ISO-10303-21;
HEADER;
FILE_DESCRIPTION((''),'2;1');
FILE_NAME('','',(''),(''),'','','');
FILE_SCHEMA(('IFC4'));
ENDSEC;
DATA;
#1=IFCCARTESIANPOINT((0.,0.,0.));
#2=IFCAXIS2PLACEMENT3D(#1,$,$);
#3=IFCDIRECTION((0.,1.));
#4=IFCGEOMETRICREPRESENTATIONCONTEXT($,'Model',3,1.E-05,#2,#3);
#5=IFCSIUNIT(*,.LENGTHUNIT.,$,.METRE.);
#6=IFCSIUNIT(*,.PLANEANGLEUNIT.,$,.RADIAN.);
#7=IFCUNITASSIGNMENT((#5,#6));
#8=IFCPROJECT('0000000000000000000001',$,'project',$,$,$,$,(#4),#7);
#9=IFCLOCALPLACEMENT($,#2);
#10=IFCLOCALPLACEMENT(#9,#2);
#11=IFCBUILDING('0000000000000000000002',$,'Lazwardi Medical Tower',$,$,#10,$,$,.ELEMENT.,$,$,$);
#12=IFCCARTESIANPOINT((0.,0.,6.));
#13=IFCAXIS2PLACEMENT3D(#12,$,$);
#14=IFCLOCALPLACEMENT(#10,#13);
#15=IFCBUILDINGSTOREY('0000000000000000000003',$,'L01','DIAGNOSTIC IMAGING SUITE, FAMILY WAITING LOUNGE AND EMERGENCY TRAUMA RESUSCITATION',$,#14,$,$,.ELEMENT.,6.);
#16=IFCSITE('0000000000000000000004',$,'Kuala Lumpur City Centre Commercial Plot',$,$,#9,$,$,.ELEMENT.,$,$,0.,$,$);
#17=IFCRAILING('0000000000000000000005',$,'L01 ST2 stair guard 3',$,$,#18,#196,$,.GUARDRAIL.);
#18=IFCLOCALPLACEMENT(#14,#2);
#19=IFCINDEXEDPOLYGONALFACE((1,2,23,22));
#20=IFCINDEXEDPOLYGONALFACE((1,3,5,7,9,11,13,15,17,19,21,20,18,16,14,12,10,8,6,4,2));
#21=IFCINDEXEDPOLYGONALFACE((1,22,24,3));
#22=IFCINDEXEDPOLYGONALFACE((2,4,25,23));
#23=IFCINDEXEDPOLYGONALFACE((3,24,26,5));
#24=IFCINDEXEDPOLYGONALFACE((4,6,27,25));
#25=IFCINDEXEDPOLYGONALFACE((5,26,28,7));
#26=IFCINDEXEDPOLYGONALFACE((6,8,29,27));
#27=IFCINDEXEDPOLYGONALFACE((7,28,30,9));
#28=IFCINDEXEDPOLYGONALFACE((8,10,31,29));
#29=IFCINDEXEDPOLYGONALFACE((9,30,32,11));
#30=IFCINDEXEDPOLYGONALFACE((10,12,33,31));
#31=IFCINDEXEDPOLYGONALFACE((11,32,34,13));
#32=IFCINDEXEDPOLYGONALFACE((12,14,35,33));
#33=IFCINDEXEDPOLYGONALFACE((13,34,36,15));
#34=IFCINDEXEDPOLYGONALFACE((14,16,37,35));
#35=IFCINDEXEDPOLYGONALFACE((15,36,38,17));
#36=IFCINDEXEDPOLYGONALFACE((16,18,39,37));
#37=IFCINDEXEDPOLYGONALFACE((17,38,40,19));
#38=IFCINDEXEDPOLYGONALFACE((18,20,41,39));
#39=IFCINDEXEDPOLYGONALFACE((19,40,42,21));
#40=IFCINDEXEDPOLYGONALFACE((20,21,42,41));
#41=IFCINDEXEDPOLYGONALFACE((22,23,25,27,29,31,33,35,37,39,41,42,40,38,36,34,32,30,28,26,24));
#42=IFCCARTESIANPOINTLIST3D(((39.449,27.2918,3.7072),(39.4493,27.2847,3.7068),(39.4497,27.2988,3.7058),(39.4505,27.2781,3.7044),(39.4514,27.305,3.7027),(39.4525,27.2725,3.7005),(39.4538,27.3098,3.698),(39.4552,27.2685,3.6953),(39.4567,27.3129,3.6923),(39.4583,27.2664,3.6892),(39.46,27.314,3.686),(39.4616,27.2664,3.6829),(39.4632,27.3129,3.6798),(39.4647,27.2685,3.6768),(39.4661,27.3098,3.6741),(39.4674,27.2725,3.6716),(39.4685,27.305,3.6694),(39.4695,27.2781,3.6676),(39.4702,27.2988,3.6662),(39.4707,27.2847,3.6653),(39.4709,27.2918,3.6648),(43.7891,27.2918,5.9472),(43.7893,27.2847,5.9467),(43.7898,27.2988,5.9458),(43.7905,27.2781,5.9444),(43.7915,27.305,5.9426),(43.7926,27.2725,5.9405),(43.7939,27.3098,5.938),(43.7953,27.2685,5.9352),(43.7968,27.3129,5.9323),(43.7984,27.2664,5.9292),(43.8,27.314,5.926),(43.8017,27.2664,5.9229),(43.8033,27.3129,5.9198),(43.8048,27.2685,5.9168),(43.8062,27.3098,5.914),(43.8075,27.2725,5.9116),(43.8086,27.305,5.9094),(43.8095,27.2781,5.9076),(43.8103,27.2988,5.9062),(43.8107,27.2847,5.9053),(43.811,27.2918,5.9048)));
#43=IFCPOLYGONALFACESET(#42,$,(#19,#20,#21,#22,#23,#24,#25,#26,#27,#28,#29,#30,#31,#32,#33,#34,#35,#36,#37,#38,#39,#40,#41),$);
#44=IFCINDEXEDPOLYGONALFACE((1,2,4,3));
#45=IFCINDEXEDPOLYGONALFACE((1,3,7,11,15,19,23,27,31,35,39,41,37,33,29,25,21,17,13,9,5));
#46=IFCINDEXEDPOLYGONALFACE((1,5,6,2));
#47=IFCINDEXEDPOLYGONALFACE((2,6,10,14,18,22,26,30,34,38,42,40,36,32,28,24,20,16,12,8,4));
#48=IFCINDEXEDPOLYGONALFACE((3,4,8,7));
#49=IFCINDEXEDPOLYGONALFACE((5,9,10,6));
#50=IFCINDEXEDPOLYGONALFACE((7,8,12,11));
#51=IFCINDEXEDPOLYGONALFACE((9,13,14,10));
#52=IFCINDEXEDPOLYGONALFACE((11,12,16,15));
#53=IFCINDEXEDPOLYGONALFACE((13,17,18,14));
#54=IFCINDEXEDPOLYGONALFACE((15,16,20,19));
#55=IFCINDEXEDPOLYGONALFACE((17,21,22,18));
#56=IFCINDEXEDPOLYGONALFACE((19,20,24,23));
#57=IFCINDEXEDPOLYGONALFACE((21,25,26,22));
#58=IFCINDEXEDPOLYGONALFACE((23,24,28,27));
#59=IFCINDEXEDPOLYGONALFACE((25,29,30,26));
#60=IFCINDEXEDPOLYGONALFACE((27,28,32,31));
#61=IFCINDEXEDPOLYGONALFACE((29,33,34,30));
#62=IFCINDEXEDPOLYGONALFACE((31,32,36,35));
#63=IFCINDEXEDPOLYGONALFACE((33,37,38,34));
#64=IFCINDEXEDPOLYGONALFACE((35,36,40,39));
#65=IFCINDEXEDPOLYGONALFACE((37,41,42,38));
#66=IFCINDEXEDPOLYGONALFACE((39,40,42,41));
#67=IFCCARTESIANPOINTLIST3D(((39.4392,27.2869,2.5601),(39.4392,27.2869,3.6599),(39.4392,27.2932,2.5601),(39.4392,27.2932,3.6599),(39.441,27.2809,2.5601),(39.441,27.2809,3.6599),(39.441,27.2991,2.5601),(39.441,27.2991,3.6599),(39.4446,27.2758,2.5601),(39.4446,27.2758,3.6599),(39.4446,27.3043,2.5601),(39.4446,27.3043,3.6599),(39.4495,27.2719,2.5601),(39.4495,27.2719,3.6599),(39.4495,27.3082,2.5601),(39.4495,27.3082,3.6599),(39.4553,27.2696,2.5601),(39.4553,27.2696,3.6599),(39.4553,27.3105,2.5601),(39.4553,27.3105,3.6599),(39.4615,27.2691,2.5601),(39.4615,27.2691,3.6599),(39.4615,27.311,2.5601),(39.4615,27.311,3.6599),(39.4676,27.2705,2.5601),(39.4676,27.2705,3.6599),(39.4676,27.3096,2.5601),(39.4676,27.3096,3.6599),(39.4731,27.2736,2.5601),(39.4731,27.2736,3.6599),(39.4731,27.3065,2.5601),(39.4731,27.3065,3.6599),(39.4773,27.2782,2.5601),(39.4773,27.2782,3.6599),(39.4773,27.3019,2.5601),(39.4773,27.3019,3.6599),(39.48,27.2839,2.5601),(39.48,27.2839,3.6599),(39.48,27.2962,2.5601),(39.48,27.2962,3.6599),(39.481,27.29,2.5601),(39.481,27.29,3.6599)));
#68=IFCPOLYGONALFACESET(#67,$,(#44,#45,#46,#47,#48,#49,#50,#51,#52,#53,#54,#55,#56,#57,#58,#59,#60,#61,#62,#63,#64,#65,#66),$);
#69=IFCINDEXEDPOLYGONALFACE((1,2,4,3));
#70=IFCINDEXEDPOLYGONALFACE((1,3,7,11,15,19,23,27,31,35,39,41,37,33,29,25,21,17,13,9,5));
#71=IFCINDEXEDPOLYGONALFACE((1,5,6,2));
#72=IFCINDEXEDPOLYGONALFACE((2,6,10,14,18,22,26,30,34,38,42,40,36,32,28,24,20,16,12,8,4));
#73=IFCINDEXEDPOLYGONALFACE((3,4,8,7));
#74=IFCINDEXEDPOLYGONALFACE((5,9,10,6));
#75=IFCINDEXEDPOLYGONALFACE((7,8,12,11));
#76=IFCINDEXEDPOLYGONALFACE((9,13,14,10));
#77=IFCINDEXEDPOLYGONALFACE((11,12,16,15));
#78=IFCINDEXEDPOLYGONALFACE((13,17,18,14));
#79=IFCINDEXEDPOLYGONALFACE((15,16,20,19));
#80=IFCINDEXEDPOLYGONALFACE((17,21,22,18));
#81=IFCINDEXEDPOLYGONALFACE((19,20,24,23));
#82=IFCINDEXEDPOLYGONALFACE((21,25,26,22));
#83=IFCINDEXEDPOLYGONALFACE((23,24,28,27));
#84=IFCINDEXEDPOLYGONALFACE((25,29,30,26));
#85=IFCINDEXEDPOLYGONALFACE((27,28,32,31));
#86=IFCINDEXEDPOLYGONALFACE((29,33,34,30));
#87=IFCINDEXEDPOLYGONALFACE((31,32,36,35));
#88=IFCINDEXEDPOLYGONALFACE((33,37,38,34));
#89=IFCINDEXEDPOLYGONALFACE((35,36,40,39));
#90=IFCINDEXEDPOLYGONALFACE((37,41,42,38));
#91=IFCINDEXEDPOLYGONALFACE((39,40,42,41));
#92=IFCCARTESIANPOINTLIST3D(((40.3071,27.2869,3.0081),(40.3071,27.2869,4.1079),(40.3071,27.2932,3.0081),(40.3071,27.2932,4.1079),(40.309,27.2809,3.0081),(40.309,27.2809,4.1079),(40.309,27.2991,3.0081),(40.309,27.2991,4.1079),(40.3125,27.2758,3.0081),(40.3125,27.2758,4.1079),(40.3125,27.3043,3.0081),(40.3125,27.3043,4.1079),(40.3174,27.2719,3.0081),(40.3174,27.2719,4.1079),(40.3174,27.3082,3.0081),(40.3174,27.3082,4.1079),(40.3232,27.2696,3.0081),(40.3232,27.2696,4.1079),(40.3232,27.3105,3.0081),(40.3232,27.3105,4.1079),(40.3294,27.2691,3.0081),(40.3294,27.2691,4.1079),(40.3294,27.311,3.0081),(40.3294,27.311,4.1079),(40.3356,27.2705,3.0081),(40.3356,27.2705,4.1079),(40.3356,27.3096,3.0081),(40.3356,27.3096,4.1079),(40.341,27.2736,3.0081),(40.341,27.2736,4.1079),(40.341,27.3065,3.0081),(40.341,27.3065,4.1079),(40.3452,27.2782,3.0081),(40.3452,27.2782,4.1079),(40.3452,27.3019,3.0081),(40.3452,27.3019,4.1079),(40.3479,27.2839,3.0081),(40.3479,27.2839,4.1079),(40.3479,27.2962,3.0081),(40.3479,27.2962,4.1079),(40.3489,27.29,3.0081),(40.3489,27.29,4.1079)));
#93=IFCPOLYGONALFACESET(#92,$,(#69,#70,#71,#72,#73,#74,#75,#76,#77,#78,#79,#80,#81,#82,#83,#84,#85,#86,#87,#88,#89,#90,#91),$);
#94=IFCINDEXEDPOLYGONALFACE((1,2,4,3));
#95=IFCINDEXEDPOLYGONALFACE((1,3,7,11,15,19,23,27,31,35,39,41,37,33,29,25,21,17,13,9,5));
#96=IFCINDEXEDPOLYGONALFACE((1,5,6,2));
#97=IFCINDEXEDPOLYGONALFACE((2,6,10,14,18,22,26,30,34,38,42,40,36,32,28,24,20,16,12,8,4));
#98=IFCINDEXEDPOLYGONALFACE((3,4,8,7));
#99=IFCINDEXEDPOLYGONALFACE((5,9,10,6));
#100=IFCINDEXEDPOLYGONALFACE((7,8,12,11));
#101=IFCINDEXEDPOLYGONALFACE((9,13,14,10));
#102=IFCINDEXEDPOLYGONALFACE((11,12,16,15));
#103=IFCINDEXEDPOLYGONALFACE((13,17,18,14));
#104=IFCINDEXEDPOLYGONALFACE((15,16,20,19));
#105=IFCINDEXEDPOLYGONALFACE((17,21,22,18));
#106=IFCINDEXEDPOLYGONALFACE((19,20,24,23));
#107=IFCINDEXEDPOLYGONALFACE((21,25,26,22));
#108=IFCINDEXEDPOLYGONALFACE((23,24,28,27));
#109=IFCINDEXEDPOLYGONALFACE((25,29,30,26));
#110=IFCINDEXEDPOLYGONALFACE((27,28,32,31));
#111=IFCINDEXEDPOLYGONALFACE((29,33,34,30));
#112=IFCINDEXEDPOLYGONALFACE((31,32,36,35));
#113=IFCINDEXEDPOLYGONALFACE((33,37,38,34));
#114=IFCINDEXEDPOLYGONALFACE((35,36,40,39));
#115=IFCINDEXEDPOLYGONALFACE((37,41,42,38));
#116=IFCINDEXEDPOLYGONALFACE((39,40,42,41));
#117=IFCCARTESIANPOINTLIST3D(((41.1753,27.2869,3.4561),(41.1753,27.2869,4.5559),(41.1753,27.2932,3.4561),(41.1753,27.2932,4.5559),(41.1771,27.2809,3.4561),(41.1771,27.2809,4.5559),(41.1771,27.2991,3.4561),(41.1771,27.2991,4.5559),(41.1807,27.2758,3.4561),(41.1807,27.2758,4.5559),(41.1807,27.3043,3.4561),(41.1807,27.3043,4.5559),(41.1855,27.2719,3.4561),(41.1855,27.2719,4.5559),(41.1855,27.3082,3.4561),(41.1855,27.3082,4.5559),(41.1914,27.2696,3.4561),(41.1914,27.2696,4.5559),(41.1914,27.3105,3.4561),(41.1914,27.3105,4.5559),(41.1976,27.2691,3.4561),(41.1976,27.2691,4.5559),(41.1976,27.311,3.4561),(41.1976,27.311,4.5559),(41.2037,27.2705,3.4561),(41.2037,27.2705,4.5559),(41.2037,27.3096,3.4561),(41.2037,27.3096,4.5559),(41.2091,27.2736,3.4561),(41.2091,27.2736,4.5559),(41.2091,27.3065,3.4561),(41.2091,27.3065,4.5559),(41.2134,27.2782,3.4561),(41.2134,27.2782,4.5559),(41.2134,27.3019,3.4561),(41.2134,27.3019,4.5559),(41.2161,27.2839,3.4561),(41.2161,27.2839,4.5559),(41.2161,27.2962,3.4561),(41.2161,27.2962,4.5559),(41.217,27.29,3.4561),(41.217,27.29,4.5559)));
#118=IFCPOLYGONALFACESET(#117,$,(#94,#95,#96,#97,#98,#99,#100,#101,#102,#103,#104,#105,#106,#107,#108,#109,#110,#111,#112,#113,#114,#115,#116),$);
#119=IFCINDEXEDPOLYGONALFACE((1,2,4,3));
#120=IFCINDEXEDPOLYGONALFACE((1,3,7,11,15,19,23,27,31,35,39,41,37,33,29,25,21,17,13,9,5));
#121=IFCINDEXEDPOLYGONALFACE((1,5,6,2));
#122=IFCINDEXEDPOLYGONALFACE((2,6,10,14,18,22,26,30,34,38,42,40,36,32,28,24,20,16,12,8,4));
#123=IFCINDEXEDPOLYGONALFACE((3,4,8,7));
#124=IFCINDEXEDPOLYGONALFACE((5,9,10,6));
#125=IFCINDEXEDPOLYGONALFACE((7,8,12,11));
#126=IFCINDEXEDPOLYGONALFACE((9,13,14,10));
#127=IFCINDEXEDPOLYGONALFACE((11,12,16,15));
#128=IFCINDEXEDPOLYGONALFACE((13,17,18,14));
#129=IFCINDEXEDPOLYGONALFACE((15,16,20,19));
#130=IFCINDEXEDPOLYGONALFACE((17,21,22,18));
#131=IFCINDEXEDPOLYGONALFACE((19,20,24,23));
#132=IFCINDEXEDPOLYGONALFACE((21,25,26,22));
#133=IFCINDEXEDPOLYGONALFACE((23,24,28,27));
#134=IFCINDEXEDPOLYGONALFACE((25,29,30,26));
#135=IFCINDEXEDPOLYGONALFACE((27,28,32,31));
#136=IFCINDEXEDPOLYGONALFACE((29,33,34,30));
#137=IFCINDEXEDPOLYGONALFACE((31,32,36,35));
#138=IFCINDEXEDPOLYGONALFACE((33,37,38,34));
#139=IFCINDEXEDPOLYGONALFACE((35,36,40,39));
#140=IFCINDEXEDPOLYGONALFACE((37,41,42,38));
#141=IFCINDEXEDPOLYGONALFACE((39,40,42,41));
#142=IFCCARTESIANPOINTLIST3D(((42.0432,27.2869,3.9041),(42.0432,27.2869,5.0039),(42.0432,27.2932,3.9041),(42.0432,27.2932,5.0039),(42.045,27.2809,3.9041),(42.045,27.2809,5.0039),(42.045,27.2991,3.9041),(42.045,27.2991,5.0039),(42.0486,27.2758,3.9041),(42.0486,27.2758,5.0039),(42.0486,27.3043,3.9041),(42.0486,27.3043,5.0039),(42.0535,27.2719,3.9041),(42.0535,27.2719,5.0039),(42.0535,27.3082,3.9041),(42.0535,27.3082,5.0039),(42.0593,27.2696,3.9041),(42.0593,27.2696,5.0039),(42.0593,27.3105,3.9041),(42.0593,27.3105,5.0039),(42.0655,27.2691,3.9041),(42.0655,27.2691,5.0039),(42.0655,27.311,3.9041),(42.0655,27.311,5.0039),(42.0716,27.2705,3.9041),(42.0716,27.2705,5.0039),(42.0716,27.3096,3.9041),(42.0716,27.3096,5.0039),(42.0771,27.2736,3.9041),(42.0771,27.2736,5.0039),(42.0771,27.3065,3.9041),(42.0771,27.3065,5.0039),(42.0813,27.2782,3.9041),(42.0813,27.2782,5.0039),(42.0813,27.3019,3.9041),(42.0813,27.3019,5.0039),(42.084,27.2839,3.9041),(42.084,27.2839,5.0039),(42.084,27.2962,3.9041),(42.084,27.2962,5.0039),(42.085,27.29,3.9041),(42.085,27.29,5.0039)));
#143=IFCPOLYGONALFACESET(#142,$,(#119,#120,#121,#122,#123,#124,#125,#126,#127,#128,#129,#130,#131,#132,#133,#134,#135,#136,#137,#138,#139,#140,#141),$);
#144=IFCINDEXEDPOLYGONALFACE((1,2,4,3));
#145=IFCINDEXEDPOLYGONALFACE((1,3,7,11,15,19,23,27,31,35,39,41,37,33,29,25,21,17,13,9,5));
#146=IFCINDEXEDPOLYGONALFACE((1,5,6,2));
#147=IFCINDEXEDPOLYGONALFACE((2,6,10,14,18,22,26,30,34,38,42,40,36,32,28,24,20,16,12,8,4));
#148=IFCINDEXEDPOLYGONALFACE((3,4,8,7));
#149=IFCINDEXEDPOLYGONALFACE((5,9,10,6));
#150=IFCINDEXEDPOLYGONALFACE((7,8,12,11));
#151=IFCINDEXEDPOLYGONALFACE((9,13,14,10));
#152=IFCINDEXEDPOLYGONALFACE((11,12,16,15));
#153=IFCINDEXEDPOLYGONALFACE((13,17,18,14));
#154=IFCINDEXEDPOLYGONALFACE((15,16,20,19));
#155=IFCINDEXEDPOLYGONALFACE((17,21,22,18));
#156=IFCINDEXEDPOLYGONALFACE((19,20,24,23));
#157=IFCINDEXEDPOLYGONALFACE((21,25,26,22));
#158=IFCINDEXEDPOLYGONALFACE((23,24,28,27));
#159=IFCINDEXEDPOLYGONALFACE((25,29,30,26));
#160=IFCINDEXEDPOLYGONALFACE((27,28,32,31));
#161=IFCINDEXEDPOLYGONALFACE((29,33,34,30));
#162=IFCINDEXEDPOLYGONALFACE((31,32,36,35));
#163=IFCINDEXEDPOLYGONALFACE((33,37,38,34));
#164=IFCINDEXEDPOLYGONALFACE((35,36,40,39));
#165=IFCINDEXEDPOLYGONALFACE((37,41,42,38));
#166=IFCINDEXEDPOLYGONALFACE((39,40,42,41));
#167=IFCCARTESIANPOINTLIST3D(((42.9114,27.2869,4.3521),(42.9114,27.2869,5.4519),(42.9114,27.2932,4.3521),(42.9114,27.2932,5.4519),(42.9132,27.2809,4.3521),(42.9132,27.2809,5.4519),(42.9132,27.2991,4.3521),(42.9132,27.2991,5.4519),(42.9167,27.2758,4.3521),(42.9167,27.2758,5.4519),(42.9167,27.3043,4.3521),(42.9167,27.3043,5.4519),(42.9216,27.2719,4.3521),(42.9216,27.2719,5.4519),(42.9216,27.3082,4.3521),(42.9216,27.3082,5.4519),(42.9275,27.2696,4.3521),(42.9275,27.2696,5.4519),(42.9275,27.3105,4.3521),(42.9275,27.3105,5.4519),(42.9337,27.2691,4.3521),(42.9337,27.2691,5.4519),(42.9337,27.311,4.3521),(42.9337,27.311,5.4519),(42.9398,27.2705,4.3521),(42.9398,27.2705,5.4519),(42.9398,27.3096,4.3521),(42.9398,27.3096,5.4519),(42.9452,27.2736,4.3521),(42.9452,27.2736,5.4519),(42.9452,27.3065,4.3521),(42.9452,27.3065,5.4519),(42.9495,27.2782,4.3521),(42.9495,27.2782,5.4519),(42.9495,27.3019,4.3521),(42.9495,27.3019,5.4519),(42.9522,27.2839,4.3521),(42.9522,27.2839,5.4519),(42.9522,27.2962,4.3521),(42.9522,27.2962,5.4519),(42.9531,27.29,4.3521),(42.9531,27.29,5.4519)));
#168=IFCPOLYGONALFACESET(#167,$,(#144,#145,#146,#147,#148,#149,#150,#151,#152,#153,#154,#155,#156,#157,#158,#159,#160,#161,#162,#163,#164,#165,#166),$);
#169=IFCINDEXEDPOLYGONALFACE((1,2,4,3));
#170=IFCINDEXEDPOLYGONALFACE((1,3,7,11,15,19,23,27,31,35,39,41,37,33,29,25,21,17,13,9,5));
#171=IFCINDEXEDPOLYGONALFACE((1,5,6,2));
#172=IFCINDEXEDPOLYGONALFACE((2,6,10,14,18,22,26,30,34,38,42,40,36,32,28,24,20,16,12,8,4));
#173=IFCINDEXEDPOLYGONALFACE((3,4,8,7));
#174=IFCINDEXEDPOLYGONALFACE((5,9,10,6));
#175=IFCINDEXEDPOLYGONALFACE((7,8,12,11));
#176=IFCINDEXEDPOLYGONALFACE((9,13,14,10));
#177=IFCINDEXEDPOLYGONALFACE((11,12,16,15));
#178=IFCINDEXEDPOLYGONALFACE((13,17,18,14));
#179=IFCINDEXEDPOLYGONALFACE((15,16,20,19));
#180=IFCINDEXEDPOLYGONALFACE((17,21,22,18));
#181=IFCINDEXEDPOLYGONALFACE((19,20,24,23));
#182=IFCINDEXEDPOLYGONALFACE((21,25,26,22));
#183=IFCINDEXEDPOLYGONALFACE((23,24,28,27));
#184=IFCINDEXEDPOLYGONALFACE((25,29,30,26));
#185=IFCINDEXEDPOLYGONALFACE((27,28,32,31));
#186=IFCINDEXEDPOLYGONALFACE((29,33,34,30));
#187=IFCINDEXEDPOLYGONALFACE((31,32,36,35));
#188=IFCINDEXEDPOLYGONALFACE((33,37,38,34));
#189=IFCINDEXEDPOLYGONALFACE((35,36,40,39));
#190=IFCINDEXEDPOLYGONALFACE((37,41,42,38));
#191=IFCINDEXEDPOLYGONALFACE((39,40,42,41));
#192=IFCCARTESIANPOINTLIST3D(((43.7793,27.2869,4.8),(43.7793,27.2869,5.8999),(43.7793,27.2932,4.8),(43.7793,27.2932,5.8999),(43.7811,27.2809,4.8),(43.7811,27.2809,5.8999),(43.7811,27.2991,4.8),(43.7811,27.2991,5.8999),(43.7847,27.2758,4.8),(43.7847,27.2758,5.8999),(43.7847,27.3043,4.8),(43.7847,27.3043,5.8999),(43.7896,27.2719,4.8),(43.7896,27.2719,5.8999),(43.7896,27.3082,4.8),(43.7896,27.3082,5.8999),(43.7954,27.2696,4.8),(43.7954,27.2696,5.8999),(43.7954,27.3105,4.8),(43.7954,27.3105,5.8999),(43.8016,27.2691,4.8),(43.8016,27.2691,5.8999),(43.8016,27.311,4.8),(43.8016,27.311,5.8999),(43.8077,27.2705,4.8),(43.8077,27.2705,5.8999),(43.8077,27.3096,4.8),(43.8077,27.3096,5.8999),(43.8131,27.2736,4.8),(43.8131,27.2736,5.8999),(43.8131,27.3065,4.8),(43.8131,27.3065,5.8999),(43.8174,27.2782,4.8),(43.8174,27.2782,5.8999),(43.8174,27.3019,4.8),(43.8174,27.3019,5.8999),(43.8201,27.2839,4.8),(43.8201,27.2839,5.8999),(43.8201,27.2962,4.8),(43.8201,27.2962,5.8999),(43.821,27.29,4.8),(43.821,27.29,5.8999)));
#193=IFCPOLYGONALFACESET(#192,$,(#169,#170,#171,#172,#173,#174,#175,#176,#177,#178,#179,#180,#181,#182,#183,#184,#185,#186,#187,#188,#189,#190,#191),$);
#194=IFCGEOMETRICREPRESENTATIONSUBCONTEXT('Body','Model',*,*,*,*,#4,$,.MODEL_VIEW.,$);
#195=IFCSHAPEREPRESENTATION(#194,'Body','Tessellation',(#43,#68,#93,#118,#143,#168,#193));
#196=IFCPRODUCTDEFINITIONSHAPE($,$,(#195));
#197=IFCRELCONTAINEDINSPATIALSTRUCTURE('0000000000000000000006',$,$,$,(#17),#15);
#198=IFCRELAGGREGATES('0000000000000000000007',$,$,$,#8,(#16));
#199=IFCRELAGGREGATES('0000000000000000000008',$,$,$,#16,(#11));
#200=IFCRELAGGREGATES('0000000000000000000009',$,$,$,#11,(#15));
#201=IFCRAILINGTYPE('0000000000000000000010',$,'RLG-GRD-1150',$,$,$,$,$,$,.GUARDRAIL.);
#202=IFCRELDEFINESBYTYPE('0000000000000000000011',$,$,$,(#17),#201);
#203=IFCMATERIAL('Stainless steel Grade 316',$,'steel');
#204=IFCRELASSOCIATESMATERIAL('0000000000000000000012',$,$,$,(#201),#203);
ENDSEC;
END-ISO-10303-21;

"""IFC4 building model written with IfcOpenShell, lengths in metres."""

from ifc_helpers import new_model, si_unit, direction, frame, origin, origin_2d, place, context, subcontext, project, spatial, circle, extrude, material, type_object, element, save


model = new_model("IFC4")

# Units and contexts
model_context = context("Model", 3, precision=1e-05, world=origin(), true_north=direction((0.0, 1.0)))
body_context = subcontext(model_context, "Body", "Model", "MODEL_VIEW")
ifc_project = project(units=[si_unit("LENGTHUNIT", "METRE"), si_unit("PLANEANGLEUNIT", "RADIAN")], contexts=[model_context])

# Site, building, storey
site_placement = place(None, origin())
site = spatial("IfcSite", under=ifc_project, at=site_placement, Name="Kuala Lumpur City Centre Commercial Plot", CompositionType="ELEMENT", RefElevation=0.0)
building_placement = place(site_placement, origin())
building = spatial("IfcBuilding", under=site, at=building_placement, Name="Lazwardi Medical Tower", CompositionType="ELEMENT")
storey_placement = place(building_placement, frame((0.0, 0.0, 6.0)))
storey = spatial("IfcBuildingStorey", under=building, at=storey_placement, Name="L01", Description="DIAGNOSTIC IMAGING SUITE, FAMILY WAITING LOUNGE AND EMERGENCY TRAUMA RESUSCITATION", CompositionType="ELEMENT", Elevation=6.0)

# Railing
ifc_material_1 = material(Name="Stainless steel Grade 316", Category="steel")
railing_type_1 = type_object("IfcRailingType", Name="RLG-GRD-1150", PredefinedType="GUARDRAIL", material=ifc_material_1)
railing_1_placement = place(storey_placement, frame((39.46, 27.29, 2.5601)))
element("IfcRailing", 1, at=railing_1_placement, inside=storey, type_object=railing_type_1, Name="L01 ST2 stair guard 3", PredefinedType="GUARDRAIL", context=body_context, shape_type="SweptSolid", body=[
    extrude(circle(Radius=0.0239, at=origin_2d()), frame((0.0, 0.0, 1.126), z_axis=(0.888625, 0.0, 0.458634), x_axis=(0.0, 1.0, 0.0)), (0.0, 0.0, 1.0), 4.884),
    extrude(circle(Radius=0.021, at=origin_2d()), origin(), (0.0, 0.0, 1.0), 1.0999),
    extrude(circle(Radius=0.021, at=origin_2d()), frame((0.8679, 0.0, 0.448)), (0.0, 0.0, 1.0), 1.0999),
    extrude(circle(Radius=0.021, at=origin_2d()), frame((1.7361, 0.0, 0.896)), (0.0, 0.0, 1.0), 1.0999),
    extrude(circle(Radius=0.021, at=origin_2d()), frame((2.604, 0.0, 1.344)), (0.0, 0.0, 1.0), 1.0999),
    extrude(circle(Radius=0.021, at=origin_2d()), frame((3.4722, 0.0, 1.792)), (0.0, 0.0, 1.0), 1.0999),
    extrude(circle(Radius=0.021, at=origin_2d()), frame((4.3401, 0.0, 2.24)), (0.0, 0.0, 1.0), 1.0999),
])

save(model, "model.ifc")
